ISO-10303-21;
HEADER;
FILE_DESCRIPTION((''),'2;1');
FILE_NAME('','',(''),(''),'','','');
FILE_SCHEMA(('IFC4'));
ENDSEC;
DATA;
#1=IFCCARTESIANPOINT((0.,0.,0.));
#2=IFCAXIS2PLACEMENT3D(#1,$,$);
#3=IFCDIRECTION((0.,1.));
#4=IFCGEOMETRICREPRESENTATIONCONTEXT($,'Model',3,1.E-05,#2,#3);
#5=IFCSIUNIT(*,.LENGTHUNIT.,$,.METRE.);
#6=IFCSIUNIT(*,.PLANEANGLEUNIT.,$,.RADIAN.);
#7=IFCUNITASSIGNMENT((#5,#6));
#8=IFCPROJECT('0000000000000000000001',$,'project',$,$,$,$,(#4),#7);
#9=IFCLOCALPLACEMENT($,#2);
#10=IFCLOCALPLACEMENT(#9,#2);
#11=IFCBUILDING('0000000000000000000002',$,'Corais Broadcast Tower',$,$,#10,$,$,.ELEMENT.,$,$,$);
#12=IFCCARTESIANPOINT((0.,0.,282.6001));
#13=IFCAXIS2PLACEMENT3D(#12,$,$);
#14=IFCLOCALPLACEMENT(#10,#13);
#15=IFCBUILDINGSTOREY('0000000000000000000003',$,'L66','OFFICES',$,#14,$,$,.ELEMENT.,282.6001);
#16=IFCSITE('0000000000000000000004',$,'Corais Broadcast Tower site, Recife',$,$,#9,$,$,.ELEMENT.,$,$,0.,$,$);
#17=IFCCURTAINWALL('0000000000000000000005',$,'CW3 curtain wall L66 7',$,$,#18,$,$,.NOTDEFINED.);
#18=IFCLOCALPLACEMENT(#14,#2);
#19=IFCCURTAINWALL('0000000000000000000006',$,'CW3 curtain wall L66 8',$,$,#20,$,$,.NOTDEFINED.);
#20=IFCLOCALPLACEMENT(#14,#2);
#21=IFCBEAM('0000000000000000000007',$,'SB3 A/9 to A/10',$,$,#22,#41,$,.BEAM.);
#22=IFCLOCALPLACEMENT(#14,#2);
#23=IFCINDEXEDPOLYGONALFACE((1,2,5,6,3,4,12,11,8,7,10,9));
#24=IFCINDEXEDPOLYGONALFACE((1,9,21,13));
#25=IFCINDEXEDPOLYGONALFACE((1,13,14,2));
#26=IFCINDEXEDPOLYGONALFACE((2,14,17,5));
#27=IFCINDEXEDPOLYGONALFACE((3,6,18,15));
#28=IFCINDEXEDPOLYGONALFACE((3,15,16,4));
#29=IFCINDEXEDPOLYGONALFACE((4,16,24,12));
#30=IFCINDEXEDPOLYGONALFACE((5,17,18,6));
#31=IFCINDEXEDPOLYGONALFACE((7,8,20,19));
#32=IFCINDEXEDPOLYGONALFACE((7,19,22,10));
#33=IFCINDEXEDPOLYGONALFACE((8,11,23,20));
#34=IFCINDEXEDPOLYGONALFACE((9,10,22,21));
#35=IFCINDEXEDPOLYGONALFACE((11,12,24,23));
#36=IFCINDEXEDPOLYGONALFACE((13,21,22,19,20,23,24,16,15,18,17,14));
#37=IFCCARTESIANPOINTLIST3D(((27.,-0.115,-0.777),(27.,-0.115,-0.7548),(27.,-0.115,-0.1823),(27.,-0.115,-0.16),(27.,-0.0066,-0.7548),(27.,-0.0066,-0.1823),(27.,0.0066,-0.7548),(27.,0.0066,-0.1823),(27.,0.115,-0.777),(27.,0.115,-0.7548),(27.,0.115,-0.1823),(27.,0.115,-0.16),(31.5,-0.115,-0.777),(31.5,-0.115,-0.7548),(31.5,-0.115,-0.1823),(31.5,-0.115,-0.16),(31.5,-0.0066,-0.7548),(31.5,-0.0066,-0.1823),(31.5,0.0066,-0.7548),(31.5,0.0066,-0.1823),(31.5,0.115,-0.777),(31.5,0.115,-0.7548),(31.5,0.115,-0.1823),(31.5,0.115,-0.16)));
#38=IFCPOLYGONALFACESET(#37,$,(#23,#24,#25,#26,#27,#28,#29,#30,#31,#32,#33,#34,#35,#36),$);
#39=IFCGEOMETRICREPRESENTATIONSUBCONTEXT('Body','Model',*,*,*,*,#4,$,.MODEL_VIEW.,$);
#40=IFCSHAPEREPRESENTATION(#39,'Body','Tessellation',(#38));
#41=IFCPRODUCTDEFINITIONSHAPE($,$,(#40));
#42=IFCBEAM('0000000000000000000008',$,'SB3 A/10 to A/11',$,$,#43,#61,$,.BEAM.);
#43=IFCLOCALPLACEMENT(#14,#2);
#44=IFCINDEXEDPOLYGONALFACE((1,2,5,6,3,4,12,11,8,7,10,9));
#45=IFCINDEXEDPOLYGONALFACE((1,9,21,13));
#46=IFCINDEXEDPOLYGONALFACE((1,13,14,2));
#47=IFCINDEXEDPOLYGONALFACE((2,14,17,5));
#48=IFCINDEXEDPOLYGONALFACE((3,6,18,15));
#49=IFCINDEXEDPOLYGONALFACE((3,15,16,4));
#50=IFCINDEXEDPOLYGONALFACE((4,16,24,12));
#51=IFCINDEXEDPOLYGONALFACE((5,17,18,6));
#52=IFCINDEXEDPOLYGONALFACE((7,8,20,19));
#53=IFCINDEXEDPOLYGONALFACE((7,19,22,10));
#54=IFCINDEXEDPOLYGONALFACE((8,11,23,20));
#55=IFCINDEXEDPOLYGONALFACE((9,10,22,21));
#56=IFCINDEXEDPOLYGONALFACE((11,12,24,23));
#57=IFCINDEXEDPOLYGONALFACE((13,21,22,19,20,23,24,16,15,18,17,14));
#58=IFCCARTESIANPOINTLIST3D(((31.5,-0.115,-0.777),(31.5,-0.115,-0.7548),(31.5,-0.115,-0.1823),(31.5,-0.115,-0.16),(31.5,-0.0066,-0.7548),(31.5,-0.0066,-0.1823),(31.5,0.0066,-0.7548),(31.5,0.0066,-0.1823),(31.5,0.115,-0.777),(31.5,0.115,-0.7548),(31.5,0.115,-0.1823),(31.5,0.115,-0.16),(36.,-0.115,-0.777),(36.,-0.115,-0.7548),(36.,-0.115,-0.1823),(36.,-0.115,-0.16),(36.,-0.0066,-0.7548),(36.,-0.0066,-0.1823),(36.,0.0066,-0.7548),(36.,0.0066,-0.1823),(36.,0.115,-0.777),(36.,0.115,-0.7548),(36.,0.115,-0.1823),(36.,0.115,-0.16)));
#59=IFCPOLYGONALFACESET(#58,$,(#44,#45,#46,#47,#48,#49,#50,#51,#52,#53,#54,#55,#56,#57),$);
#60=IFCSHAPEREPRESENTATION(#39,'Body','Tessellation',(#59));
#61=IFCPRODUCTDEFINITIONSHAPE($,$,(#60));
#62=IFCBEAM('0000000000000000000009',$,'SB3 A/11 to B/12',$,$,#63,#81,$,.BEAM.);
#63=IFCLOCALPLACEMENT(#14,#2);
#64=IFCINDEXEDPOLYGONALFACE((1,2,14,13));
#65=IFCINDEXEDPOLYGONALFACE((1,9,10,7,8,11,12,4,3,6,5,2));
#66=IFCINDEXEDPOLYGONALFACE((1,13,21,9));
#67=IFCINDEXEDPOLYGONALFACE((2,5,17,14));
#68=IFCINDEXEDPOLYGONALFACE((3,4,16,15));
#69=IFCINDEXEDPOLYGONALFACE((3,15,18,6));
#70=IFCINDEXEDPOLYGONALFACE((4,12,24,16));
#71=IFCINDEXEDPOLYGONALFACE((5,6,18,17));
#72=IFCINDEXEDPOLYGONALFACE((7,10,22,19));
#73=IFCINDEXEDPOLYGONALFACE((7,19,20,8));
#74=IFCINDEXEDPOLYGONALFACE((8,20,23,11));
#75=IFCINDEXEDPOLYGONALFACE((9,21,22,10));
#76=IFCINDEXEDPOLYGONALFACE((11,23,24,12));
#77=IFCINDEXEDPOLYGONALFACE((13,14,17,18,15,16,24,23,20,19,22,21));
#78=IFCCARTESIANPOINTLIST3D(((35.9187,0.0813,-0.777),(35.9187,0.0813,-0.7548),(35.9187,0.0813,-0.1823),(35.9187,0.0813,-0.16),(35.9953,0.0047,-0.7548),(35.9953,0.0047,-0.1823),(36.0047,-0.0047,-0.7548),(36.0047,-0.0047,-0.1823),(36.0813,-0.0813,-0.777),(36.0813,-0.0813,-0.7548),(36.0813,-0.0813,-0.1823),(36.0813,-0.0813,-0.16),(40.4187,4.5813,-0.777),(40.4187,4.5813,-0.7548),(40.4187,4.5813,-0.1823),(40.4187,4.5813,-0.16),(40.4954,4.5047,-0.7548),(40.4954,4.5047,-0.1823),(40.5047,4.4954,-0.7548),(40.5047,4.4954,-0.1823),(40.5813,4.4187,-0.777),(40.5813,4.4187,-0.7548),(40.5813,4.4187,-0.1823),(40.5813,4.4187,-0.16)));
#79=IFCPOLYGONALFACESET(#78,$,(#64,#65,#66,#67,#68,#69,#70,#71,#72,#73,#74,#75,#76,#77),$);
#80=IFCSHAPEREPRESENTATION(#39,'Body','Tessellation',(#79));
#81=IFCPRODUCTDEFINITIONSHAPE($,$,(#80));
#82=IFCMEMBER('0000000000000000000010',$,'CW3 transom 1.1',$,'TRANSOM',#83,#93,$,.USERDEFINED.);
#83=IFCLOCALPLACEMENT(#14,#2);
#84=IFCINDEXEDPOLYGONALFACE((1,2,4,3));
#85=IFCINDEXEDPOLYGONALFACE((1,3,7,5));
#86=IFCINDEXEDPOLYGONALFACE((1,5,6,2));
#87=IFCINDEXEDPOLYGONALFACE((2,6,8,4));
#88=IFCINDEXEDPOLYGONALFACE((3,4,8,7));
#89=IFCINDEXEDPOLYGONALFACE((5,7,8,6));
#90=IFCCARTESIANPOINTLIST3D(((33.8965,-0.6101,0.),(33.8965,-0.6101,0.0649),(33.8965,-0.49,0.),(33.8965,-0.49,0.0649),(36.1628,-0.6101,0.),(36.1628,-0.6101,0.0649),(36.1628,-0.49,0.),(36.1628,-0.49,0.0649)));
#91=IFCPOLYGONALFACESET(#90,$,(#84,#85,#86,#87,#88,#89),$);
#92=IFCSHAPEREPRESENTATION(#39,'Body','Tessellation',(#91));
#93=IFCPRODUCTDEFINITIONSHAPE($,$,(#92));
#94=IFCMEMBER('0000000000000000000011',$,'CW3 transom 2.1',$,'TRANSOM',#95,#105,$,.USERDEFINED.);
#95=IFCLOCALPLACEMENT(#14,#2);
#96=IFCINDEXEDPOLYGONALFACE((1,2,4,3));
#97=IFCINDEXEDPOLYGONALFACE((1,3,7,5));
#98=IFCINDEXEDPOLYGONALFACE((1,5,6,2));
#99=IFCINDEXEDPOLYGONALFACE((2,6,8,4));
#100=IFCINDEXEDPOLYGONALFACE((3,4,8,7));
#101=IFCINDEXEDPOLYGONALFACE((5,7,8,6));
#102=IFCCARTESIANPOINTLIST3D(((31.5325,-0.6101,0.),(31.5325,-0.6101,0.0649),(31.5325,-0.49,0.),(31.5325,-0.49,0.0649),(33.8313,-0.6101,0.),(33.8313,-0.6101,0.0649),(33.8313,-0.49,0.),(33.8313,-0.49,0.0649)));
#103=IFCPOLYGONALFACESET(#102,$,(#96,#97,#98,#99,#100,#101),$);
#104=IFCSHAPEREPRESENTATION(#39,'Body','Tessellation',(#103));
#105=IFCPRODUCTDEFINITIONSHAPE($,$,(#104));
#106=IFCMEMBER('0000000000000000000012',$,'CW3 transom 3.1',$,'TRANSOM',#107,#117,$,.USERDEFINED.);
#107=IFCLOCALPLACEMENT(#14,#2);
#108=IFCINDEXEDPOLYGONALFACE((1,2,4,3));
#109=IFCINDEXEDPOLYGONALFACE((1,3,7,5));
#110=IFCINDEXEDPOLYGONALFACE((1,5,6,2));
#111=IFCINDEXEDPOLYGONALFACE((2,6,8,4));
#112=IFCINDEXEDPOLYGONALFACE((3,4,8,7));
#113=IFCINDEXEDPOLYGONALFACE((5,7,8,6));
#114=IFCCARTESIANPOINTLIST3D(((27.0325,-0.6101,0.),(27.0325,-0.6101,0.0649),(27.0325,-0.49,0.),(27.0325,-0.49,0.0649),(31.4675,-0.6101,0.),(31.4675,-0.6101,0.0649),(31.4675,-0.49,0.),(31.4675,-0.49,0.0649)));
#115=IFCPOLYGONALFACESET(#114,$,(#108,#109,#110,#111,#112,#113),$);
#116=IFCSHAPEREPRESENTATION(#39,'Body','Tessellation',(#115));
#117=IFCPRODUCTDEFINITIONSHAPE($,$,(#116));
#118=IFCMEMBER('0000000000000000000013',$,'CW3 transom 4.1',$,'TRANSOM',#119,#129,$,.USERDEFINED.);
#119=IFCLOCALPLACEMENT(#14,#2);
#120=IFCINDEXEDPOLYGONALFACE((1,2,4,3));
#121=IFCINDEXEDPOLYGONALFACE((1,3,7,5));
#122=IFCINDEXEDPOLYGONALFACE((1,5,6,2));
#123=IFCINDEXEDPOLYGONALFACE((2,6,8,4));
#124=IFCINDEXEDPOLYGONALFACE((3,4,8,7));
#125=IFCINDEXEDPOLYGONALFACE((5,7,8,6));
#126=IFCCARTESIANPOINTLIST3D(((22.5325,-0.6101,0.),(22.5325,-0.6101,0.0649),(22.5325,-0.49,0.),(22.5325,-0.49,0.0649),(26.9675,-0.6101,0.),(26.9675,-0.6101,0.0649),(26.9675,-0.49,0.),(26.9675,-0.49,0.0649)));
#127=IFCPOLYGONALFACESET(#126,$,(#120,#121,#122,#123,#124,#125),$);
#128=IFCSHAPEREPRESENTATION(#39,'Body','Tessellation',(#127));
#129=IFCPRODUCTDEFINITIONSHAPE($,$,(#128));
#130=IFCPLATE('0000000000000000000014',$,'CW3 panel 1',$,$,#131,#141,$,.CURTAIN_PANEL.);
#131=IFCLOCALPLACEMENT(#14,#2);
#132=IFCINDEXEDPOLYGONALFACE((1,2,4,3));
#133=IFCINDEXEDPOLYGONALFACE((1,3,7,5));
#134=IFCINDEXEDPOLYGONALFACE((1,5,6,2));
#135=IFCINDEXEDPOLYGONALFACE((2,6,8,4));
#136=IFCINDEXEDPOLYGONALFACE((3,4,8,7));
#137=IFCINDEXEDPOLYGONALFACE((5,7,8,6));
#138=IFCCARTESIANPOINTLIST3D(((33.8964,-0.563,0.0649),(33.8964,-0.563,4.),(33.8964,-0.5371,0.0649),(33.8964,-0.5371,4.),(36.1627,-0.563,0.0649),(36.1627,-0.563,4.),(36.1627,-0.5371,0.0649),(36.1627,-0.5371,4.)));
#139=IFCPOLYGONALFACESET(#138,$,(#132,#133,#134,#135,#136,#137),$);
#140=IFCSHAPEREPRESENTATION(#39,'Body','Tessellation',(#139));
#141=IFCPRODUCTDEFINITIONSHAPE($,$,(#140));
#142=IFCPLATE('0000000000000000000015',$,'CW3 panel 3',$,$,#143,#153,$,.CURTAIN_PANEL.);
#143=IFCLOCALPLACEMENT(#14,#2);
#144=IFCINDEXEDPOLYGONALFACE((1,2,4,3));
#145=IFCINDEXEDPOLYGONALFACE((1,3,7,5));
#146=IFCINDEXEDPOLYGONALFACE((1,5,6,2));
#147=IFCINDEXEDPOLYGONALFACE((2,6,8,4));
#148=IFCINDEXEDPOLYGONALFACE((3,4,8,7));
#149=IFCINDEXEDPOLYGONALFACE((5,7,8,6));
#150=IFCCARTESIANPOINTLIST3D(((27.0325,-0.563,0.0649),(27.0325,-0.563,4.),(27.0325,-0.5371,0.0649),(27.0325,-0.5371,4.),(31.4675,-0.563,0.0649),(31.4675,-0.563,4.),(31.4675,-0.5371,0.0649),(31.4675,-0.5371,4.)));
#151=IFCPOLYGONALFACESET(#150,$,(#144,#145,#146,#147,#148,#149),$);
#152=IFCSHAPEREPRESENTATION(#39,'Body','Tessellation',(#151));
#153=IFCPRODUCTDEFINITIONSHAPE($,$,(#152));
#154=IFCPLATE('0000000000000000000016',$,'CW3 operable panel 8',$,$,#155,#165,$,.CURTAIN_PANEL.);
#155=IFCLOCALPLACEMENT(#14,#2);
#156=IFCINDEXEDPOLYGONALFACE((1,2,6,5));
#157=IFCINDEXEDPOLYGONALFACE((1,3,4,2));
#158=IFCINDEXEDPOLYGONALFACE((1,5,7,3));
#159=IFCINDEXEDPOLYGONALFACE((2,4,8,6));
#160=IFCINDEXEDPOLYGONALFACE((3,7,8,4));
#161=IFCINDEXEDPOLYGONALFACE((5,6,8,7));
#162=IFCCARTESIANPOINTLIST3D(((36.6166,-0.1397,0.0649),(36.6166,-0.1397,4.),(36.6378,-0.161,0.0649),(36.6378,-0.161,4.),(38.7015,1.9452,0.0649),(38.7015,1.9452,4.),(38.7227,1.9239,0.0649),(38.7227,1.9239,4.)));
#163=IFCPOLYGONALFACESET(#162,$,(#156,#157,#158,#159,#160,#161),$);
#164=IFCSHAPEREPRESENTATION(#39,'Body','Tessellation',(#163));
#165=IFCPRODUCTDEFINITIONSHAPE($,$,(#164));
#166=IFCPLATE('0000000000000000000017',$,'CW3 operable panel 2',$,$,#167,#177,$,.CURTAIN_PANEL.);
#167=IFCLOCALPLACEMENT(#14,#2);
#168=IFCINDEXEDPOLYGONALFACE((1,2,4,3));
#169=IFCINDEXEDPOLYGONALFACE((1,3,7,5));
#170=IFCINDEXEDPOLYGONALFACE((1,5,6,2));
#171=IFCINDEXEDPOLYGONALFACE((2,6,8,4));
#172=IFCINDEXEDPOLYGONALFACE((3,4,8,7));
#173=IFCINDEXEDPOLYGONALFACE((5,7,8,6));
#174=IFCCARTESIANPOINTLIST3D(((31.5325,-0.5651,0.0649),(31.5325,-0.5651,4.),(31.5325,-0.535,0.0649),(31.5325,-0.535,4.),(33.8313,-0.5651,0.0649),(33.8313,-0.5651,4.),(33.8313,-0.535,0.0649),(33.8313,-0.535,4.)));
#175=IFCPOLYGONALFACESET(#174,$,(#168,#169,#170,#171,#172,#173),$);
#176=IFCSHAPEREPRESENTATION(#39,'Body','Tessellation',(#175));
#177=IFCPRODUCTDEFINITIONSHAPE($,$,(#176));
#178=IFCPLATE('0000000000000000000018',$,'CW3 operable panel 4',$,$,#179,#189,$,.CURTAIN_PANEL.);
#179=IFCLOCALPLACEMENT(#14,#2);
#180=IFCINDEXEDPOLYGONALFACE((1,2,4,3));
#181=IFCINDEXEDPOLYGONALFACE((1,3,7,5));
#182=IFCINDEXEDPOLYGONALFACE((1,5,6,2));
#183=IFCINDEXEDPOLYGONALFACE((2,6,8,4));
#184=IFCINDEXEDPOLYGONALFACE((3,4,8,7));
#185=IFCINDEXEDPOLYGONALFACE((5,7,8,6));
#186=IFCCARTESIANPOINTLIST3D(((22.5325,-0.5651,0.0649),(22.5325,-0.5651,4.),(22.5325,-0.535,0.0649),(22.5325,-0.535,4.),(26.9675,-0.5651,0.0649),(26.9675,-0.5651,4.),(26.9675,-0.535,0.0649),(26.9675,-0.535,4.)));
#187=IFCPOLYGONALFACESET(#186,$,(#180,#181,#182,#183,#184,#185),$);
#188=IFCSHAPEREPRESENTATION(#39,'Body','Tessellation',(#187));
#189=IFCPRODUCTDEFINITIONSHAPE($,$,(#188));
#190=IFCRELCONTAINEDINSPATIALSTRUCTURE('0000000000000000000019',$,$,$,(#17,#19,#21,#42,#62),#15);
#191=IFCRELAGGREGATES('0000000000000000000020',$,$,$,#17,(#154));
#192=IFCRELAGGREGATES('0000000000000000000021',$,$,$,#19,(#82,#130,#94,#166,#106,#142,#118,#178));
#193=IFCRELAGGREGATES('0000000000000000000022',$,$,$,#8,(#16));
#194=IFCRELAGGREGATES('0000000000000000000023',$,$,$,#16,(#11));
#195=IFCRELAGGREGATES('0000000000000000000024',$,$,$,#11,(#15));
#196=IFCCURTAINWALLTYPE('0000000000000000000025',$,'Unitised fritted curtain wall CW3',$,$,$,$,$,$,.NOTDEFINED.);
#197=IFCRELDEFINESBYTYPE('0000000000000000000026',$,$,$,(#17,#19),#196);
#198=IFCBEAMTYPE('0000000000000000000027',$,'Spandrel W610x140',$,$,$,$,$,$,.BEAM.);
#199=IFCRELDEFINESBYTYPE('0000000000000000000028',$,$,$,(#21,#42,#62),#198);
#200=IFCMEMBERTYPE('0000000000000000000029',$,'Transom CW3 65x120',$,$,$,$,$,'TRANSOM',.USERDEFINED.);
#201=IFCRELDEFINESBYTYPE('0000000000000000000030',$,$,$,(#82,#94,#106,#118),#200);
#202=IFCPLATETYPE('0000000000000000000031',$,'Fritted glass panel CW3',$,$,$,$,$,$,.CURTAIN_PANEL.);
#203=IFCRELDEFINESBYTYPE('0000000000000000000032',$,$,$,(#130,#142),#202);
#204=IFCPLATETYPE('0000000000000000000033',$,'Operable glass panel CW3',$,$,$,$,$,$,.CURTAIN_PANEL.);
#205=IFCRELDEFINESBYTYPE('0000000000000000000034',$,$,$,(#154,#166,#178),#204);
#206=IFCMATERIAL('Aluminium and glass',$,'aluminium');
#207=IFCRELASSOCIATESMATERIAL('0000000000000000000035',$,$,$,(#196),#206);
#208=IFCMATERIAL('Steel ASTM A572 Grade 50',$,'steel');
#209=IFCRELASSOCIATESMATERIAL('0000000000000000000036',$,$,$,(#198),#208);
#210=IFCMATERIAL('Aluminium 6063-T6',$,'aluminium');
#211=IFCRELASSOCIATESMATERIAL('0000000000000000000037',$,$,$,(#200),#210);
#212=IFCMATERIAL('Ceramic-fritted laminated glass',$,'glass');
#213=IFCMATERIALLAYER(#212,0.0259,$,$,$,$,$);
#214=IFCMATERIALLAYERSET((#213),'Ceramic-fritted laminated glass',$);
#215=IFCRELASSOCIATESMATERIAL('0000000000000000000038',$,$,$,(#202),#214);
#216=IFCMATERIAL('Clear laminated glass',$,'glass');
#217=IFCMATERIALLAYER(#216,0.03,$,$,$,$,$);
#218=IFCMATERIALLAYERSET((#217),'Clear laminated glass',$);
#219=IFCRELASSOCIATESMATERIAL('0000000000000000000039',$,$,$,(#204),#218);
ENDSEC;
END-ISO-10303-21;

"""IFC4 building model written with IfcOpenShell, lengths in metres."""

from ifc_helpers import new_model, si_unit, direction, frame, origin, origin_2d, place, context, subcontext, project, spatial, rectangle, i_section, extrude, material, layer, layer_set, material_profile, profile_set, type_object, element, aggregate, save


model = new_model("IFC4")

# Units and contexts
model_context = context("Model", 3, precision=1e-05, world=origin(), true_north=direction((0.0, 1.0)))
body_context = subcontext(model_context, "Body", "Model", "MODEL_VIEW")
ifc_project = project(units=[si_unit("LENGTHUNIT", "METRE"), si_unit("PLANEANGLEUNIT", "RADIAN")], contexts=[model_context])

# Site, building, storey
site_placement = place(None, origin())
site = spatial("IfcSite", under=ifc_project, at=site_placement, Name="Corais Broadcast Tower site, Recife", CompositionType="ELEMENT", RefElevation=0.0)
building_placement = place(site_placement, origin())
building = spatial("IfcBuilding", under=site, at=building_placement, Name="Corais Broadcast Tower", CompositionType="ELEMENT")
storey_placement = place(building_placement, frame((0.0, 0.0, 282.6001)))
storey = spatial("IfcBuildingStorey", under=building, at=storey_placement, Name="L66", Description="OFFICES", CompositionType="ELEMENT", Elevation=282.6001)

# Curtain wall
ifc_material_1 = material(Name="Aluminium and glass", Category="aluminium")
curtain_wall_type = type_object("IfcCurtainWallType", Name="Unitised fritted curtain wall CW3", PredefinedType="NOTDEFINED", material=ifc_material_1)
curtain_wall_1_placement = place(storey_placement, origin())
curtain_wall_1 = element("IfcCurtainWall", 1, at=curtain_wall_1_placement, inside=storey, type_object=curtain_wall_type, Name="CW3 curtain wall L66 7", PredefinedType="NOTDEFINED")

# Curtain wall
curtain_wall_2_placement = place(storey_placement, origin())
curtain_wall_2 = element("IfcCurtainWall", 2, at=curtain_wall_2_placement, inside=storey, type_object=curtain_wall_type, Name="CW3 curtain wall L66 8", PredefinedType="NOTDEFINED")

# Beams
ifc_material_2 = material(Name="Steel ASTM A572 Grade 50", Category="steel")
ifc_material_profile_1 = material_profile(ifc_material_2, i_section(OverallWidth=0.23, OverallDepth=0.6169, WebThickness=0.0132, FlangeThickness=0.0222, at=origin_2d()), Name="W610x140")
ifc_profile_set_1 = profile_set([ifc_material_profile_1], Name="Steel ASTM A572 Grade 50")
beam_type_1 = type_object("IfcBeamType", Name="Spandrel W610x140", PredefinedType="BEAM", material=ifc_profile_set_1)
for number, where, z_axis, x_axis, name in (
    (3, (27.0, 0.0, -0.4685), (1.0, 0.0, 0.0), (0.0, 1.0, 0.0), "SB3 A/9 to A/10"),
    (4, (31.5, 0.0, -0.4685), (1.0, 0.0, 0.0), (0.0, 1.0, 0.0), "SB3 A/10 to A/11"),
):
    element("IfcBeam", number, at=place(storey_placement, frame(where, z_axis=z_axis, x_axis=x_axis)), inside=storey, type_object=beam_type_1, Name=name, PredefinedType="BEAM", context=body_context, shape_type="SweptSolid", body=[
        extrude(i_section(OverallWidth=0.23, OverallDepth=0.6169, WebThickness=0.0132, FlangeThickness=0.0222, at=origin_2d()), origin(), (0.0, 0.0, 1.0), 4.5),
    ])
beam_placement = place(storey_placement, frame((36.0, 0.0, -0.4685), z_axis=(0.707107, 0.707107, 0.0), x_axis=(-0.707107, 0.707107, 0.0)))
element("IfcBeam", 5, at=beam_placement, inside=storey, type_object=beam_type_1, Name="SB3 A/11 to B/12", PredefinedType="BEAM", context=body_context, shape_type="SweptSolid", body=[
    extrude(i_section(OverallWidth=0.23, OverallDepth=0.6169, WebThickness=0.0132, FlangeThickness=0.0222, at=origin_2d()), origin(), (0.0, 0.0, 1.0), 6.364),
])

# Members
ifc_material_3 = material(Name="Aluminium 6063-T6", Category="aluminium")
ifc_material_profile_2 = material_profile(ifc_material_3, rectangle(XDim=0.1201, YDim=0.0649, at=origin_2d()), Name="Transom CW3 65x120")
ifc_profile_set_2 = profile_set([ifc_material_profile_2], Name="Aluminium 6063-T6")
member_type_1 = type_object("IfcMemberType", Name="Transom CW3 65x120", ElementType="TRANSOM", PredefinedType="USERDEFINED", material=ifc_profile_set_2)
member_1_placement = place(storey_placement, frame((36.1628, -0.55, 0.0325), z_axis=(-1.0, 0.0, 0.0), x_axis=(0.0, -1.0, 0.0)))
member_1 = element("IfcMember", 6, at=member_1_placement, type_object=member_type_1, Name="CW3 transom 1.1", ObjectType="TRANSOM", PredefinedType="USERDEFINED", context=body_context, shape_type="SweptSolid", body=[
    extrude(rectangle(XDim=0.1201, YDim=0.0649, at=origin_2d()), origin(), (0.0, 0.0, 1.0), 2.2664),
])
member_2_placement = place(storey_placement, frame((33.8313, -0.55, 0.0325), z_axis=(-1.0, 0.0, 0.0), x_axis=(0.0, -1.0, 0.0)))
member_2 = element("IfcMember", 7, at=member_2_placement, type_object=member_type_1, Name="CW3 transom 2.1", ObjectType="TRANSOM", PredefinedType="USERDEFINED", context=body_context, shape_type="SweptSolid", body=[
    extrude(rectangle(XDim=0.1201, YDim=0.0649, at=origin_2d()), origin(), (0.0, 0.0, 1.0), 2.2988),
])
member_3_placement = place(storey_placement, frame((31.4675, -0.55, 0.0325), z_axis=(-1.0, 0.0, 0.0), x_axis=(0.0, -1.0, 0.0)))
member_3 = element("IfcMember", 8, at=member_3_placement, type_object=member_type_1, Name="CW3 transom 3.1", ObjectType="TRANSOM", PredefinedType="USERDEFINED", context=body_context, shape_type="SweptSolid", body=[
    extrude(rectangle(XDim=0.1201, YDim=0.0649, at=origin_2d()), origin(), (0.0, 0.0, 1.0), 4.4351),
])
member_4_placement = place(storey_placement, frame((26.9675, -0.55, 0.0325), z_axis=(-1.0, 0.0, 0.0), x_axis=(0.0, -1.0, 0.0)))
member_4 = element("IfcMember", 9, at=member_4_placement, type_object=member_type_1, Name="CW3 transom 4.1", ObjectType="TRANSOM", PredefinedType="USERDEFINED", context=body_context, shape_type="SweptSolid", body=[
    extrude(rectangle(XDim=0.1201, YDim=0.0649, at=origin_2d()), origin(), (0.0, 0.0, 1.0), 4.4351),
])

# Plates
ifc_material_4 = material(Name="Ceramic-fritted laminated glass", Category="glass")
ifc_layer_1 = layer(ifc_material_4, 0.0259)
ifc_layer_set_1 = layer_set([ifc_layer_1], Name="Ceramic-fritted laminated glass")
plate_type_1 = type_object("IfcPlateType", Name="Fritted glass panel CW3", PredefinedType="CURTAIN_PANEL", material=ifc_layer_set_1)
plate_1_placement = place(storey_placement, frame((35.0295, -0.55, 0.0649), z_axis=(0.0, 0.0, 1.0), x_axis=(-1.0, 0.0, 0.0)))
plate_1 = element("IfcPlate", 10, at=plate_1_placement, type_object=plate_type_1, Name="CW3 panel 1", PredefinedType="CURTAIN_PANEL", context=body_context, shape_type="SweptSolid", body=[
    extrude(rectangle(XDim=2.2664, YDim=0.0259, at=origin_2d()), origin(), (0.0, 0.0, 1.0), 3.9351),
])
plate_2_placement = place(storey_placement, frame((29.25, -0.55, 0.0649), z_axis=(0.0, 0.0, 1.0), x_axis=(-1.0, 0.0, 0.0)))
plate_2 = element("IfcPlate", 11, at=plate_2_placement, type_object=plate_type_1, Name="CW3 panel 3", PredefinedType="CURTAIN_PANEL", context=body_context, shape_type="SweptSolid", body=[
    extrude(rectangle(XDim=4.4351, YDim=0.0259, at=origin_2d()), origin(), (0.0, 0.0, 1.0), 3.9351),
])
ifc_material_5 = material(Name="Clear laminated glass", Category="glass")
ifc_layer_2 = layer(ifc_material_5, 0.03)
ifc_layer_set_2 = layer_set([ifc_layer_2], Name="Clear laminated glass")
plate_type_2 = type_object("IfcPlateType", Name="Operable glass panel CW3", PredefinedType="CURTAIN_PANEL", material=ifc_layer_set_2)
plate_3_placement = place(storey_placement, frame((37.6697, 0.8921, 0.0649), z_axis=(0.0, 0.0, 1.0), x_axis=(-0.707107, -0.707107, 0.0)))
plate_3 = element("IfcPlate", 12, at=plate_3_placement, type_object=plate_type_2, Name="CW3 operable panel 8", PredefinedType="CURTAIN_PANEL", context=body_context, shape_type="SweptSolid", body=[
    extrude(rectangle(XDim=2.9485, YDim=0.03, at=origin_2d()), origin(), (0.0, 0.0, 1.0), 3.9351),
])
aggregate(curtain_wall_1, [plate_3])
plate_4_placement = place(storey_placement, frame((32.6819, -0.55, 0.0649), z_axis=(0.0, 0.0, 1.0), x_axis=(-1.0, 0.0, 0.0)))
plate_4 = element("IfcPlate", 13, at=plate_4_placement, type_object=plate_type_2, Name="CW3 operable panel 2", PredefinedType="CURTAIN_PANEL", context=body_context, shape_type="SweptSolid", body=[
    extrude(rectangle(XDim=2.2988, YDim=0.03, at=origin_2d()), origin(), (0.0, 0.0, 1.0), 3.9351),
])
plate_5_placement = place(storey_placement, frame((24.75, -0.55, 0.0649), z_axis=(0.0, 0.0, 1.0), x_axis=(-1.0, 0.0, 0.0)))
plate_5 = element("IfcPlate", 14, at=plate_5_placement, type_object=plate_type_2, Name="CW3 operable panel 4", PredefinedType="CURTAIN_PANEL", context=body_context, shape_type="SweptSolid", body=[
    extrude(rectangle(XDim=4.4351, YDim=0.03, at=origin_2d()), origin(), (0.0, 0.0, 1.0), 3.9351),
])
aggregate(curtain_wall_2, [member_1, plate_1, member_2, plate_4, member_3, plate_2, member_4, plate_5])

save(model, "model.ifc")
